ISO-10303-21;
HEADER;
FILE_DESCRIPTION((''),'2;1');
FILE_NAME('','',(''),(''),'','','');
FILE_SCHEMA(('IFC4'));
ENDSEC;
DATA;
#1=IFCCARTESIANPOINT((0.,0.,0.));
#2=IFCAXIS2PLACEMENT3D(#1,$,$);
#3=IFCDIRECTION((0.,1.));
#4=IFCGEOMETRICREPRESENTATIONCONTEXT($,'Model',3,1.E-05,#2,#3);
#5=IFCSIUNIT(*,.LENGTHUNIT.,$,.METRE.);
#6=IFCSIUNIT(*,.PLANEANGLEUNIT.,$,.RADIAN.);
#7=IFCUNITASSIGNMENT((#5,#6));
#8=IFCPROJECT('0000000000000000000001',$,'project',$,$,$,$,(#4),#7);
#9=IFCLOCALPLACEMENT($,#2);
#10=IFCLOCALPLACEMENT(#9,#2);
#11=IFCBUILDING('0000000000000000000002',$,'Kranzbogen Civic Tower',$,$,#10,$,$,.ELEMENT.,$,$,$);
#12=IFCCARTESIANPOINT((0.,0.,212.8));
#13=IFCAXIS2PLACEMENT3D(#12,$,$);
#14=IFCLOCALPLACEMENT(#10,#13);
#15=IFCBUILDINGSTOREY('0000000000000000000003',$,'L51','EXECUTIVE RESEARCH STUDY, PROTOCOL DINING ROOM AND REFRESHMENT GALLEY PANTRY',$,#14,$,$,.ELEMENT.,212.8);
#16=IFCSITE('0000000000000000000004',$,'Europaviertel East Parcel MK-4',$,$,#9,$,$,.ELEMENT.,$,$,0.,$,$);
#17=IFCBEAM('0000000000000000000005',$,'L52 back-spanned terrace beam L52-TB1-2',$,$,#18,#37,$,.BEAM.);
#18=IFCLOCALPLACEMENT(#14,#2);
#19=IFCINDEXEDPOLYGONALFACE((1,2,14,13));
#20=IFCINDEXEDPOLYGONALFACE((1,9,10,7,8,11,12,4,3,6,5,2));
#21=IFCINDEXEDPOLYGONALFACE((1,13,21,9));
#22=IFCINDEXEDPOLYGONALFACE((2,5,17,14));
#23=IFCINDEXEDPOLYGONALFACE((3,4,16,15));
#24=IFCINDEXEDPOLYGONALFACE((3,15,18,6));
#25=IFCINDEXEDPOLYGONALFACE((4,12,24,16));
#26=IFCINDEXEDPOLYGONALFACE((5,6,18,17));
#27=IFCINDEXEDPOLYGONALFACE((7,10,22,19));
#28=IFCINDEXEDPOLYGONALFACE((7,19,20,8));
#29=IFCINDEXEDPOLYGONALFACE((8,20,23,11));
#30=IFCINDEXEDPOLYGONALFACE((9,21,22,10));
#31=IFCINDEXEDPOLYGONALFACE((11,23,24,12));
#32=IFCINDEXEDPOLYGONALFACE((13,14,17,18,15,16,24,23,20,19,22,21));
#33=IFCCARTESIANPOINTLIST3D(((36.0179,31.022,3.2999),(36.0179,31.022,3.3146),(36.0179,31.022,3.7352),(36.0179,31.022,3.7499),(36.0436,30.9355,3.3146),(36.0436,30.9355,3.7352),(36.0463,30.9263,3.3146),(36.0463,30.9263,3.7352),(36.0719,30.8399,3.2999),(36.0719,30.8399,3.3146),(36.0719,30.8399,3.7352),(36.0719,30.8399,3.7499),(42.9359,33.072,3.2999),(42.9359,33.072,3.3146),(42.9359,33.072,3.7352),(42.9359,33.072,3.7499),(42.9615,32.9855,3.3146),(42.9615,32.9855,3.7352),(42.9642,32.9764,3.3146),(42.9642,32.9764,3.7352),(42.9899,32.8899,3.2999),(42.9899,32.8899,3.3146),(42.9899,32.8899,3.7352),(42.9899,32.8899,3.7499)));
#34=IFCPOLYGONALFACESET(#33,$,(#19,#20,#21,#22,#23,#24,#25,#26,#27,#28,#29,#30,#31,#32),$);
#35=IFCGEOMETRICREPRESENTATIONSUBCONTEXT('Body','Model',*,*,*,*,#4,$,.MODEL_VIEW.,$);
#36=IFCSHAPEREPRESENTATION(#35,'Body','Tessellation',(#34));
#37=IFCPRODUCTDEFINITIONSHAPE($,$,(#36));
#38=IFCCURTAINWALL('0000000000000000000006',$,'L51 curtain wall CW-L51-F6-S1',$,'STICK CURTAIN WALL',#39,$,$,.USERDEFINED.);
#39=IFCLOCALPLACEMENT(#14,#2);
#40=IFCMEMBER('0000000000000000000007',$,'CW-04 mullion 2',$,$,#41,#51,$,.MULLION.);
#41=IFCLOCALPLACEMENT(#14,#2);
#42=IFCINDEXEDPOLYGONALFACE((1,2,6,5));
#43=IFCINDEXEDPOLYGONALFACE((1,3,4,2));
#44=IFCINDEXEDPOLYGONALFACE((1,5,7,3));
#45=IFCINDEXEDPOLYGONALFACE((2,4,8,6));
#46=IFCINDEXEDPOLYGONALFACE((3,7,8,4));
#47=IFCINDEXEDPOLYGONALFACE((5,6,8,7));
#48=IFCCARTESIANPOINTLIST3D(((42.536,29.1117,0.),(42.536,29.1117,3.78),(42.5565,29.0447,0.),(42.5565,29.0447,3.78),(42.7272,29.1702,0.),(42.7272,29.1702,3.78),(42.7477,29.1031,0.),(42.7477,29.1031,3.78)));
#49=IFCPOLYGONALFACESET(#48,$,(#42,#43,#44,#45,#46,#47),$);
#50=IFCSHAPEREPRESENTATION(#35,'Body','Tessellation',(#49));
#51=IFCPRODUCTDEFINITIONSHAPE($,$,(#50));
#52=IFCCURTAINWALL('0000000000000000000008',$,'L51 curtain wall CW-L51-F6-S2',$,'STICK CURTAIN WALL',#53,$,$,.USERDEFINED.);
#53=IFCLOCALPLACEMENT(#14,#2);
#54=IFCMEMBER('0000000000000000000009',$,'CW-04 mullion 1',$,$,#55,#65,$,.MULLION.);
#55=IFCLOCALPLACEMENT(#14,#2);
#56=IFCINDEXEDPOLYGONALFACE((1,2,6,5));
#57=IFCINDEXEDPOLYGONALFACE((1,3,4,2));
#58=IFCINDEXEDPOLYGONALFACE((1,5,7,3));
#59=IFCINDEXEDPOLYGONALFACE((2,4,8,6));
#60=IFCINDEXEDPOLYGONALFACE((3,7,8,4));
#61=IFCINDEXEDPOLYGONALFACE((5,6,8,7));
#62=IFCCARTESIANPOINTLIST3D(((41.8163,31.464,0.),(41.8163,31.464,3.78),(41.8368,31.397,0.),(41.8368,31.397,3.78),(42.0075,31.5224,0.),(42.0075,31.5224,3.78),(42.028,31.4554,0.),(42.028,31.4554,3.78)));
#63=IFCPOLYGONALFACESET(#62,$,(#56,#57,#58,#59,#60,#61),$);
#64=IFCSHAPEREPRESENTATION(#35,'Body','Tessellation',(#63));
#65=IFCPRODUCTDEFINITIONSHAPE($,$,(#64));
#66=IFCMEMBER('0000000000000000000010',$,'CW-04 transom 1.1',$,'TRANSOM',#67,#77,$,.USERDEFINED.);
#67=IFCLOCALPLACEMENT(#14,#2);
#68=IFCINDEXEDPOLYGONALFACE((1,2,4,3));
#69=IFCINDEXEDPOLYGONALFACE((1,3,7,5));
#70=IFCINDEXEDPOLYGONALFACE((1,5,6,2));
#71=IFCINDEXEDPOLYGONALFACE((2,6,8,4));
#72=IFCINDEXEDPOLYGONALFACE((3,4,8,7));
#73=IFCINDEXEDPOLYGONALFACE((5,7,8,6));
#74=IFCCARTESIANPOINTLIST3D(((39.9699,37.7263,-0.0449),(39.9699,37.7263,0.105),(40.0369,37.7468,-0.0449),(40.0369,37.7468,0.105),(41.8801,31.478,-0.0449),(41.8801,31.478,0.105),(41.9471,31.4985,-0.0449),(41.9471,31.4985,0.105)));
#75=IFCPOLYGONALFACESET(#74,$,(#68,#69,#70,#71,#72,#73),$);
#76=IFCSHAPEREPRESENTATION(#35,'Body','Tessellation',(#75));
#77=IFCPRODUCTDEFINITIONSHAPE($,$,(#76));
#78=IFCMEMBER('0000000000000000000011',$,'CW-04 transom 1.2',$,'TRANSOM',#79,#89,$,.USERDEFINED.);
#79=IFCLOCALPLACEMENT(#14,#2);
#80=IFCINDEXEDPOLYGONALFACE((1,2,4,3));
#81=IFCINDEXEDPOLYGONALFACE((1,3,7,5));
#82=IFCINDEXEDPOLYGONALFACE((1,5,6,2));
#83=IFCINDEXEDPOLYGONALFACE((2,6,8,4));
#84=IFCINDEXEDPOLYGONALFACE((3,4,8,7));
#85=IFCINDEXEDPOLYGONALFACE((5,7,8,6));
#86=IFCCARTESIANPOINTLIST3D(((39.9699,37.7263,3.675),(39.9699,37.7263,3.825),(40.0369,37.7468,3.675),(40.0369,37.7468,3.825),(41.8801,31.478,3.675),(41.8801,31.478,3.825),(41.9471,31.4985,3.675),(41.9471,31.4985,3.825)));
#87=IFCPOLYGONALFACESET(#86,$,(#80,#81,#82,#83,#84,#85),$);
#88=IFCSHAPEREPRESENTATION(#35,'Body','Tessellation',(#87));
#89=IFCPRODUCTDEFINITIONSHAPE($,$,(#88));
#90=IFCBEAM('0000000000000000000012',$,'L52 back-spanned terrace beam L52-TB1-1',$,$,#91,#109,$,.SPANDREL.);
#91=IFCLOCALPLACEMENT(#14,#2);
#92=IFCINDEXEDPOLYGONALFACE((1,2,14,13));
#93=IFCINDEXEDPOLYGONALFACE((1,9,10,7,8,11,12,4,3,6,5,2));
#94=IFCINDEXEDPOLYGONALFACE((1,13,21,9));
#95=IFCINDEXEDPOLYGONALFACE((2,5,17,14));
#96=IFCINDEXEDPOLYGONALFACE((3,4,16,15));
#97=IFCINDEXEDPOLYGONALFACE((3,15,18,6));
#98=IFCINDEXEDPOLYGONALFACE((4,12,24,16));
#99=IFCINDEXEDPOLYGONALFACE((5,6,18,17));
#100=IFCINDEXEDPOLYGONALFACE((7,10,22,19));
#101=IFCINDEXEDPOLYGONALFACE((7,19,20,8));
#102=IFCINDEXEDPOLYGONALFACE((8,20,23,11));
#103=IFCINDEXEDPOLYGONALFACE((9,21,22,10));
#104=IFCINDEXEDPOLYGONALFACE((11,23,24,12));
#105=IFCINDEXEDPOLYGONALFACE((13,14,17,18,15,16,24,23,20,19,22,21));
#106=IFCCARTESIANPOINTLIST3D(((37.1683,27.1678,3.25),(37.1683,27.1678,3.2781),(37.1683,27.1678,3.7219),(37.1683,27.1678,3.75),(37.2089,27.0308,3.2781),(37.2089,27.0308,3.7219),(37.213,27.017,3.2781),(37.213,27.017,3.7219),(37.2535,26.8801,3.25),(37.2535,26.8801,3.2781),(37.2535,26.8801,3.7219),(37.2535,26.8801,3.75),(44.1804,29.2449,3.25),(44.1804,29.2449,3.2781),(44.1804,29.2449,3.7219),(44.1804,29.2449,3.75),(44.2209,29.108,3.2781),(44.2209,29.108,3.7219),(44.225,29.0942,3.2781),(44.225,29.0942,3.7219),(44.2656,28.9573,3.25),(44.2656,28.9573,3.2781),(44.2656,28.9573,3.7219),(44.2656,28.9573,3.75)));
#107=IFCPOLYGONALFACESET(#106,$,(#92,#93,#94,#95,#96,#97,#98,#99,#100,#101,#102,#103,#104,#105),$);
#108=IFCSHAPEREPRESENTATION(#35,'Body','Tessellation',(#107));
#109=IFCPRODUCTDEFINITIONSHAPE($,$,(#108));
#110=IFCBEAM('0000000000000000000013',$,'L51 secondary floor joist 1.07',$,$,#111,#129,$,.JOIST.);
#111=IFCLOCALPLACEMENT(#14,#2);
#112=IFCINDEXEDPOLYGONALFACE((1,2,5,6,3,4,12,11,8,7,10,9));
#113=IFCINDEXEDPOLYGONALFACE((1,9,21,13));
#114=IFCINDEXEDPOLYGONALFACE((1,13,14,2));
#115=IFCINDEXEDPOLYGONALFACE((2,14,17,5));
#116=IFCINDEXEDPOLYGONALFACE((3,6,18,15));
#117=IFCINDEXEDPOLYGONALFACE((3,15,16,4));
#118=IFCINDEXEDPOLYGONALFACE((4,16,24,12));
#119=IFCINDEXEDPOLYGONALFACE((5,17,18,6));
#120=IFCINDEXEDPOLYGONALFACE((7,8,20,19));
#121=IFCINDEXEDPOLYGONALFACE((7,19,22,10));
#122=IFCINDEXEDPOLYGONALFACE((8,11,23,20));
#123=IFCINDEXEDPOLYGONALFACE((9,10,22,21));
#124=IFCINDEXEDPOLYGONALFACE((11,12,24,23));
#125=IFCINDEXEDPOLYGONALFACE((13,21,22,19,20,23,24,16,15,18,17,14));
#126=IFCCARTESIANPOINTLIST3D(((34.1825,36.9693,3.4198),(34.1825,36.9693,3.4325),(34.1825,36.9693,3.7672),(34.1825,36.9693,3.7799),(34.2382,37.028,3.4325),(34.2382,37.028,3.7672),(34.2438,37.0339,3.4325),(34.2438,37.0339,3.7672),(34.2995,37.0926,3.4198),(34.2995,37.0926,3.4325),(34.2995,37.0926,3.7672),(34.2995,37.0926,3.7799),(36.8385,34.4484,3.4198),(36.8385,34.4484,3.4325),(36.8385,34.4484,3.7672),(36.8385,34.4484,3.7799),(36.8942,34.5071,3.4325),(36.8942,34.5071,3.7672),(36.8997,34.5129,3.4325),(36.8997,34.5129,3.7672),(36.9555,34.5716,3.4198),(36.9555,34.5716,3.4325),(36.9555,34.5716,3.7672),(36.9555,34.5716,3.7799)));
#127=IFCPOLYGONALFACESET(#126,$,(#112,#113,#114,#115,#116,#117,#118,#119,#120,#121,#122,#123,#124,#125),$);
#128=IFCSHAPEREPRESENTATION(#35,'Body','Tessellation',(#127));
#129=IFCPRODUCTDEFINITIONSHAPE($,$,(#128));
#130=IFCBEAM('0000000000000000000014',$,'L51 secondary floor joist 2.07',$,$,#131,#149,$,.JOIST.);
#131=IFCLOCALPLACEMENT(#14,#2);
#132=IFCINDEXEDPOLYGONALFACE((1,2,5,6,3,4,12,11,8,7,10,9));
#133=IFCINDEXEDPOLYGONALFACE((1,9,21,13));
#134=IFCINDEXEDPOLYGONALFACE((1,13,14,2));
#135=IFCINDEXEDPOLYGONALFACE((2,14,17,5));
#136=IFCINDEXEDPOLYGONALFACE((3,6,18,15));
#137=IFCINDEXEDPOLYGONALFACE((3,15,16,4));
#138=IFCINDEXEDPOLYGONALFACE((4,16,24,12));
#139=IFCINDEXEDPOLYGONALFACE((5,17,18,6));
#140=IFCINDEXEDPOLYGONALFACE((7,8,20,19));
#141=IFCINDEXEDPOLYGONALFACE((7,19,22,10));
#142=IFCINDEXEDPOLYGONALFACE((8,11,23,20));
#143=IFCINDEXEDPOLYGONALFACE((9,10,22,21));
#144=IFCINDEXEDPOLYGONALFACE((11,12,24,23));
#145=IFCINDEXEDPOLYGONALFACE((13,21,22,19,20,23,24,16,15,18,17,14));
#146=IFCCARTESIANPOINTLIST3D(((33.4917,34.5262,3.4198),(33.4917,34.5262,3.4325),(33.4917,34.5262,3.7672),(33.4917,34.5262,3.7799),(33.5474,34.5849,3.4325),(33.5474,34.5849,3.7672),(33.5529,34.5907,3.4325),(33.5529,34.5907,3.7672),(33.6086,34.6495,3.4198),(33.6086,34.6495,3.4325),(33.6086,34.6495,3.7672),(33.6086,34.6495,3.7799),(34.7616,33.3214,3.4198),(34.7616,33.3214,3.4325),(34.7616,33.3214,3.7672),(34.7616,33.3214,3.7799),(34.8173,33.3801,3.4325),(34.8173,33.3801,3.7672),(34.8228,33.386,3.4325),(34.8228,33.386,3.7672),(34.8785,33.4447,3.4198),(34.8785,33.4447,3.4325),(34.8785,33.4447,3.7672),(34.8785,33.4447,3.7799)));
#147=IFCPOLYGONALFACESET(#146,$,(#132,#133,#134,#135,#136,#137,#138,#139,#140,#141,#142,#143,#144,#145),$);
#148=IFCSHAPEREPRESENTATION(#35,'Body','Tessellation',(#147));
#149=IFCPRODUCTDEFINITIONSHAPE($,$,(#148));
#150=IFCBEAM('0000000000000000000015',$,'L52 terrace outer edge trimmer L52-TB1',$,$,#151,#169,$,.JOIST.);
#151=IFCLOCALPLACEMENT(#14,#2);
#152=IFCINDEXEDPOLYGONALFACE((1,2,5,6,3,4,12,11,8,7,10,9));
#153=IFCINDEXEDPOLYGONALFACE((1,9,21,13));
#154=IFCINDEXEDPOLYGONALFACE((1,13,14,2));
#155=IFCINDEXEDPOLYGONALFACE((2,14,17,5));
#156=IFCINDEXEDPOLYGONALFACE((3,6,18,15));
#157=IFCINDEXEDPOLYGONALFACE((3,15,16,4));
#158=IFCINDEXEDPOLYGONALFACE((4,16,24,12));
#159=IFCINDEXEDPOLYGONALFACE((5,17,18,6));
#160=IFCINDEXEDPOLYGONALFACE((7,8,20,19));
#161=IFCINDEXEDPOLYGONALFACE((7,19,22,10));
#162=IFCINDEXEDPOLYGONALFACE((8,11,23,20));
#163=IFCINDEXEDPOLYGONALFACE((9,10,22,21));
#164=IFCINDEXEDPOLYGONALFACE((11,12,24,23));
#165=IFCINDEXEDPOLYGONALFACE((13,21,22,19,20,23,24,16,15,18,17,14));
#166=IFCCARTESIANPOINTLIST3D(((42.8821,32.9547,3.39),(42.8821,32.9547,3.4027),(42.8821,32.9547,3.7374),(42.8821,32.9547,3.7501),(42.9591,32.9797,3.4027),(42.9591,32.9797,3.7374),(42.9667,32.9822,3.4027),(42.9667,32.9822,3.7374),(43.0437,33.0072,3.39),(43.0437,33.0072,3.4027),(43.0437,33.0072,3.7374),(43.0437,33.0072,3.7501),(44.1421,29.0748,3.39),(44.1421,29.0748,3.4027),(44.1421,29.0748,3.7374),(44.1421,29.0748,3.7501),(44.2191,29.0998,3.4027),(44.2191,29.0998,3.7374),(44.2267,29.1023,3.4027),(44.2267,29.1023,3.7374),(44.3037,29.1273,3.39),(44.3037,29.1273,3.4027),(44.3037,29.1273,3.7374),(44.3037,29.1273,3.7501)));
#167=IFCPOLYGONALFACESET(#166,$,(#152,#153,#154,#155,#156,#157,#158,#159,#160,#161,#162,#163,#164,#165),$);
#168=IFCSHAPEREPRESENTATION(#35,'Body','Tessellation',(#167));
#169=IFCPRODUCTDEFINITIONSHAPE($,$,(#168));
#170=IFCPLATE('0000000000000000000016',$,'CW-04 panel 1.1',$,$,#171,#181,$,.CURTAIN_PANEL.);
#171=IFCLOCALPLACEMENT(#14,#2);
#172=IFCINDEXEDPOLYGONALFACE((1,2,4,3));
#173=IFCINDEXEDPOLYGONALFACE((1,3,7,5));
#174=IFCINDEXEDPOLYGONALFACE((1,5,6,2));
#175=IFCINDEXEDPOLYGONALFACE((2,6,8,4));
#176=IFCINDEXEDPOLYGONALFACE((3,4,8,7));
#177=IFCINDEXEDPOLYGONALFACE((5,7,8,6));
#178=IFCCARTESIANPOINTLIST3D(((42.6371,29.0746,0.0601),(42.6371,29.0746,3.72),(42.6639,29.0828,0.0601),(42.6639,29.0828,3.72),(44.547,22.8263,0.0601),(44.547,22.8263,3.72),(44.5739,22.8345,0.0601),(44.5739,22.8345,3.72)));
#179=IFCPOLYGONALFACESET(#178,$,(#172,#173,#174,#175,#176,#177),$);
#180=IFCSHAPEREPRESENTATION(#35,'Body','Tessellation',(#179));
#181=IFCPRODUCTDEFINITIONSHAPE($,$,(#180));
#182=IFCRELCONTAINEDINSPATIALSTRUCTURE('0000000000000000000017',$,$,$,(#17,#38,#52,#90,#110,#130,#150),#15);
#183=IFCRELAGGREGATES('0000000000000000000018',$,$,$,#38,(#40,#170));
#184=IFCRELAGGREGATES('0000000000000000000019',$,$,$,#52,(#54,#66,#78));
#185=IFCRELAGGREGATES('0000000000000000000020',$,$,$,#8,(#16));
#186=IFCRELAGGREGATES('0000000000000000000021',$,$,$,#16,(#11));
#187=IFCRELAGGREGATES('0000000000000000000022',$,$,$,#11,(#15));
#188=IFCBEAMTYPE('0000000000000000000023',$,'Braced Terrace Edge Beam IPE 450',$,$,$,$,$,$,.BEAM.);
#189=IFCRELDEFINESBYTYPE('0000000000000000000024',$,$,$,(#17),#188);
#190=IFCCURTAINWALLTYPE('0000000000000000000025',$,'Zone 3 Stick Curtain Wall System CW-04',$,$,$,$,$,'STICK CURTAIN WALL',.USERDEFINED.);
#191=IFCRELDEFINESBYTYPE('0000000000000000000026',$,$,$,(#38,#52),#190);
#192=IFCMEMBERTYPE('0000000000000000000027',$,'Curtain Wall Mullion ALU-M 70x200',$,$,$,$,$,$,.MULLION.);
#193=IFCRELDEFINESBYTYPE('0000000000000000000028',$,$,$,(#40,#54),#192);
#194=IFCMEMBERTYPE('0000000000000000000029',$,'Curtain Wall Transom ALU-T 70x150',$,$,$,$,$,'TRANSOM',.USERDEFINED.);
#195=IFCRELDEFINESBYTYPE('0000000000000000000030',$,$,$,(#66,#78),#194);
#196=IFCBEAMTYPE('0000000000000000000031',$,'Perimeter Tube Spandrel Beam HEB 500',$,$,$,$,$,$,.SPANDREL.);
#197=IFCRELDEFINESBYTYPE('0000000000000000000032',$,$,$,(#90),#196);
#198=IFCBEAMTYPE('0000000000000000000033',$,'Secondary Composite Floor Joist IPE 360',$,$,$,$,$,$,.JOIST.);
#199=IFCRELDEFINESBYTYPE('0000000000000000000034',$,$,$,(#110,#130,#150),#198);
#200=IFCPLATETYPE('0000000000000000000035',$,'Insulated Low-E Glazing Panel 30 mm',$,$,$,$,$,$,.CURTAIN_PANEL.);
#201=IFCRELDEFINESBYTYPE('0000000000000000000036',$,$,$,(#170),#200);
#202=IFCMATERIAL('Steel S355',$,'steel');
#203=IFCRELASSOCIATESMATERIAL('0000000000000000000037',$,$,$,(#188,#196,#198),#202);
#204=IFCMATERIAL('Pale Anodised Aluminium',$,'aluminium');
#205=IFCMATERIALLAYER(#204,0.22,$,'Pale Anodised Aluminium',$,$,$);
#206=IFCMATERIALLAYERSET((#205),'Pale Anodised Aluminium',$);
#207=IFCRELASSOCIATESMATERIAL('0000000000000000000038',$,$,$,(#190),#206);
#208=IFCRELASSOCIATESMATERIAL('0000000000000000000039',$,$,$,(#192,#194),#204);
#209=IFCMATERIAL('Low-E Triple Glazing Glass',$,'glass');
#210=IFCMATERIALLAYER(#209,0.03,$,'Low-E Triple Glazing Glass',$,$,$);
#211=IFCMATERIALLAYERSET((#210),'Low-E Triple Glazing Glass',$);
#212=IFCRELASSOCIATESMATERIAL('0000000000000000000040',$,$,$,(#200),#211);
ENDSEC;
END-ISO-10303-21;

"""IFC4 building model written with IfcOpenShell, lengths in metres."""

from ifc_helpers import new_model, si_unit, direction, frame, origin, origin_2d, place, context, subcontext, project, spatial, rectangle, i_section, extrude, material, layer, layer_set, material_profile, profile_set, type_object, element, aggregate, save


model = new_model("IFC4")

# Units and contexts
model_context = context("Model", 3, precision=1e-05, world=origin(), true_north=direction((0.0, 1.0)))
body_context = subcontext(model_context, "Body", "Model", "MODEL_VIEW")
ifc_project = project(units=[si_unit("LENGTHUNIT", "METRE"), si_unit("PLANEANGLEUNIT", "RADIAN")], contexts=[model_context])

# Site, building, storey
site_placement = place(None, origin())
site = spatial("IfcSite", under=ifc_project, at=site_placement, Name="Europaviertel East Parcel MK-4", CompositionType="ELEMENT", RefElevation=0.0)
building_placement = place(site_placement, origin())
building = spatial("IfcBuilding", under=site, at=building_placement, Name="Kranzbogen Civic Tower", CompositionType="ELEMENT")
storey_placement = place(building_placement, frame((0.0, 0.0, 212.8)))
storey = spatial("IfcBuildingStorey", under=building, at=storey_placement, Name="L51", Description="EXECUTIVE RESEARCH STUDY, PROTOCOL DINING ROOM AND REFRESHMENT GALLEY PANTRY", CompositionType="ELEMENT", Elevation=212.8)

# Beam
ifc_material_1 = material(Name="Steel S355", Category="steel")
ifc_material_profile_1 = material_profile(ifc_material_1, i_section(OverallWidth=0.1899, OverallDepth=0.45, WebThickness=0.0095, FlangeThickness=0.0146, at=origin_2d()), Name="IPE 450")
ifc_profile_set_1 = profile_set([ifc_material_profile_1], Name="Steel S355")
beam_type_1 = type_object("IfcBeamType", Name="Braced Terrace Edge Beam IPE 450", PredefinedType="BEAM", material=ifc_profile_set_1)
beam_1_placement = place(storey_placement, frame((36.0449, 30.9309, 3.5249), z_axis=(0.958788, 0.284124, 0.0), x_axis=(-0.284124, 0.958788, 0.0)))
element("IfcBeam", 1, at=beam_1_placement, inside=storey, type_object=beam_type_1, Name="L52 back-spanned terrace beam L52-TB1-2", PredefinedType="BEAM", context=body_context, shape_type="SweptSolid", body=[
    extrude(i_section(OverallWidth=0.1899, OverallDepth=0.45, WebThickness=0.0095, FlangeThickness=0.0146, at=origin_2d()), origin(), (0.0, 0.0, 1.0), 7.2153),
])

# Curtain wall, member
ifc_material_2 = material(Name="Pale Anodised Aluminium", Category="aluminium")
ifc_layer_1 = layer(ifc_material_2, 0.22, Name="Pale Anodised Aluminium")
ifc_layer_set_1 = layer_set([ifc_layer_1], Name="Pale Anodised Aluminium")
curtain_wall_type = type_object("IfcCurtainWallType", Name="Zone 3 Stick Curtain Wall System CW-04", ElementType="STICK CURTAIN WALL", PredefinedType="USERDEFINED", material=ifc_layer_set_1)
curtain_wall_1_placement = place(storey_placement, origin())
curtain_wall_1 = element("IfcCurtainWall", 2, at=curtain_wall_1_placement, inside=storey, type_object=curtain_wall_type, Name="L51 curtain wall CW-L51-F6-S1", ObjectType="STICK CURTAIN WALL", PredefinedType="USERDEFINED")
ifc_material_profile_2 = material_profile(ifc_material_2, rectangle(XDim=0.0701, YDim=0.2, at=origin_2d()), Name="ALU-M 70x200")
ifc_profile_set_2 = profile_set([ifc_material_profile_2], Name="Pale Anodised Aluminium")
member_type_1 = type_object("IfcMemberType", Name="Curtain Wall Mullion ALU-M 70x200", PredefinedType="MULLION", material=ifc_profile_set_2)
member_1_placement = place(storey_placement, frame((42.6418, 29.1074, 0.0), z_axis=(0.0, 0.0, 1.0), x_axis=(-0.292322, 0.95632, 0.0)))
member_1 = element("IfcMember", 3, at=member_1_placement, type_object=member_type_1, Name="CW-04 mullion 2", PredefinedType="MULLION", context=body_context, shape_type="SweptSolid", body=[
    extrude(rectangle(XDim=0.0701, YDim=0.2, at=origin_2d()), origin(), (0.0, 0.0, 1.0), 3.78),
])

# Curtain wall, members
curtain_wall_2_placement = place(storey_placement, origin())
curtain_wall_2 = element("IfcCurtainWall", 4, at=curtain_wall_2_placement, inside=storey, type_object=curtain_wall_type, Name="L51 curtain wall CW-L51-F6-S2", ObjectType="STICK CURTAIN WALL", PredefinedType="USERDEFINED")
member_2_placement = place(storey_placement, frame((41.9221, 31.4597, 0.0), z_axis=(0.0, 0.0, 1.0), x_axis=(-0.292322, 0.95632, 0.0)))
member_2 = element("IfcMember", 5, at=member_2_placement, type_object=member_type_1, Name="CW-04 mullion 1", PredefinedType="MULLION", context=body_context, shape_type="SweptSolid", body=[
    extrude(rectangle(XDim=0.0701, YDim=0.2, at=origin_2d()), origin(), (0.0, 0.0, 1.0), 3.78),
])
ifc_material_profile_3 = material_profile(ifc_material_2, rectangle(XDim=0.0701, YDim=0.1499, at=origin_2d()), Name="ALU-T 70x150")
ifc_profile_set_3 = profile_set([ifc_material_profile_3], Name="Pale Anodised Aluminium")
member_type_2 = type_object("IfcMemberType", Name="Curtain Wall Transom ALU-T 70x150", ElementType="TRANSOM", PredefinedType="USERDEFINED", material=ifc_profile_set_3)
member_3_placement = place(storey_placement, frame((41.9136, 31.4883, 0.03), z_axis=(-0.292352, 0.956311, 0.0), x_axis=(-0.956311, -0.292352, 0.0)))
member_3 = element("IfcMember", 6, at=member_3_placement, type_object=member_type_2, Name="CW-04 transom 1.1", ObjectType="TRANSOM", PredefinedType="USERDEFINED", context=body_context, shape_type="SweptSolid", body=[
    extrude(rectangle(XDim=0.0701, YDim=0.1499, at=origin_2d()), origin(), (0.0, 0.0, 1.0), 6.5337),
])
member_4_placement = place(storey_placement, frame((41.9136, 31.4883, 3.75), z_axis=(-0.292352, 0.956311, 0.0), x_axis=(-0.956311, -0.292352, 0.0)))
member_4 = element("IfcMember", 7, at=member_4_placement, type_object=member_type_2, Name="CW-04 transom 1.2", ObjectType="TRANSOM", PredefinedType="USERDEFINED", context=body_context, shape_type="SweptSolid", body=[
    extrude(rectangle(XDim=0.0701, YDim=0.1499, at=origin_2d()), origin(), (0.0, 0.0, 1.0), 6.5337),
])

# Beams
ifc_material_profile_4 = material_profile(ifc_material_1, i_section(OverallWidth=0.3, OverallDepth=0.5, WebThickness=0.0144, FlangeThickness=0.0281, at=origin_2d()), Name="HEB 500")
ifc_profile_set_4 = profile_set([ifc_material_profile_4], Name="Steel S355")
beam_type_2 = type_object("IfcBeamType", Name="Perimeter Tube Spandrel Beam HEB 500", PredefinedType="SPANDREL", material=ifc_profile_set_4)
beam_2_placement = place(storey_placement, frame((37.2109, 27.0239, 3.5), z_axis=(0.958816, 0.284029, 0.0), x_axis=(-0.284029, 0.958816, 0.0)))
element("IfcBeam", 8, at=beam_2_placement, inside=storey, type_object=beam_type_2, Name="L52 back-spanned terrace beam L52-TB1-1", PredefinedType="SPANDREL", context=body_context, shape_type="SweptSolid", body=[
    extrude(i_section(OverallWidth=0.3, OverallDepth=0.5, WebThickness=0.0144, FlangeThickness=0.0281, at=origin_2d()), origin(), (0.0, 0.0, 1.0), 7.3132),
])
ifc_material_profile_5 = material_profile(ifc_material_1, i_section(OverallWidth=0.1699, OverallDepth=0.3601, WebThickness=0.0081, FlangeThickness=0.0127, at=origin_2d()), Name="IPE 360")
ifc_profile_set_5 = profile_set([ifc_material_profile_5], Name="Steel S355")
beam_type_3 = type_object("IfcBeamType", Name="Secondary Composite Floor Joist IPE 360", PredefinedType="JOIST", material=ifc_profile_set_5)
beam_3_placement = place(storey_placement, frame((36.897, 34.51, 3.5999), z_axis=(-0.725301, 0.688432, 0.0), x_axis=(-0.688432, -0.725301, 0.0)))
element("IfcBeam", 9, at=beam_3_placement, inside=storey, type_object=beam_type_3, Name="L51 secondary floor joist 1.07", PredefinedType="JOIST", context=body_context, shape_type="SweptSolid", body=[
    extrude(i_section(OverallWidth=0.1699, OverallDepth=0.3601, WebThickness=0.0081, FlangeThickness=0.0127, at=origin_2d()), origin(), (0.0, 0.0, 1.0), 3.6619),
])
beam_4_placement = place(storey_placement, frame((34.8201, 33.3831, 3.5999), z_axis=(-0.72548, 0.688243, 0.0), x_axis=(-0.688243, -0.72548, 0.0)))
element("IfcBeam", 10, at=beam_4_placement, inside=storey, type_object=beam_type_3, Name="L51 secondary floor joist 2.07", PredefinedType="JOIST", context=body_context, shape_type="SweptSolid", body=[
    extrude(i_section(OverallWidth=0.1699, OverallDepth=0.3601, WebThickness=0.0081, FlangeThickness=0.0127, at=origin_2d()), origin(), (0.0, 0.0, 1.0), 1.7505),
])
beam_5_placement = place(storey_placement, frame((44.2229, 29.1011, 3.5701), z_axis=(-0.308875, 0.951103, 0.0), x_axis=(-0.951103, -0.308875, 0.0)))
element("IfcBeam", 11, at=beam_5_placement, inside=storey, type_object=beam_type_3, Name="L52 terrace outer edge trimmer L52-TB1", PredefinedType="JOIST", context=body_context, shape_type="SweptSolid", body=[
    extrude(i_section(OverallWidth=0.1699, OverallDepth=0.3601, WebThickness=0.0081, FlangeThickness=0.0127, at=origin_2d()), origin(), (0.0, 0.0, 1.0), 4.0793),
])

# Plate
ifc_material_3 = material(Name="Low-E Triple Glazing Glass", Category="glass")
ifc_layer_2 = layer(ifc_material_3, 0.03, Name="Low-E Triple Glazing Glass")
ifc_layer_set_2 = layer_set([ifc_layer_2], Name="Low-E Triple Glazing Glass")
plate_type = type_object("IfcPlateType", Name="Insulated Low-E Glazing Panel 30 mm", PredefinedType="CURTAIN_PANEL", material=ifc_layer_set_2)
plate_1_placement = place(storey_placement, frame((43.6055, 25.9546, 0.0601), z_axis=(0.0, 0.0, 1.0), x_axis=(-0.292322, 0.95632, 0.0)))
plate_1 = element("IfcPlate", 12, at=plate_1_placement, type_object=plate_type, Name="CW-04 panel 1.1", PredefinedType="CURTAIN_PANEL", context=body_context, shape_type="SweptSolid", body=[
    extrude(rectangle(XDim=6.5337, YDim=0.0281, at=origin_2d()), origin(), (0.0, 0.0, 1.0), 3.6599),
])
aggregate(curtain_wall_1, [member_1, plate_1])
aggregate(curtain_wall_2, [member_2, member_3, member_4])

save(model, "model.ifc")
